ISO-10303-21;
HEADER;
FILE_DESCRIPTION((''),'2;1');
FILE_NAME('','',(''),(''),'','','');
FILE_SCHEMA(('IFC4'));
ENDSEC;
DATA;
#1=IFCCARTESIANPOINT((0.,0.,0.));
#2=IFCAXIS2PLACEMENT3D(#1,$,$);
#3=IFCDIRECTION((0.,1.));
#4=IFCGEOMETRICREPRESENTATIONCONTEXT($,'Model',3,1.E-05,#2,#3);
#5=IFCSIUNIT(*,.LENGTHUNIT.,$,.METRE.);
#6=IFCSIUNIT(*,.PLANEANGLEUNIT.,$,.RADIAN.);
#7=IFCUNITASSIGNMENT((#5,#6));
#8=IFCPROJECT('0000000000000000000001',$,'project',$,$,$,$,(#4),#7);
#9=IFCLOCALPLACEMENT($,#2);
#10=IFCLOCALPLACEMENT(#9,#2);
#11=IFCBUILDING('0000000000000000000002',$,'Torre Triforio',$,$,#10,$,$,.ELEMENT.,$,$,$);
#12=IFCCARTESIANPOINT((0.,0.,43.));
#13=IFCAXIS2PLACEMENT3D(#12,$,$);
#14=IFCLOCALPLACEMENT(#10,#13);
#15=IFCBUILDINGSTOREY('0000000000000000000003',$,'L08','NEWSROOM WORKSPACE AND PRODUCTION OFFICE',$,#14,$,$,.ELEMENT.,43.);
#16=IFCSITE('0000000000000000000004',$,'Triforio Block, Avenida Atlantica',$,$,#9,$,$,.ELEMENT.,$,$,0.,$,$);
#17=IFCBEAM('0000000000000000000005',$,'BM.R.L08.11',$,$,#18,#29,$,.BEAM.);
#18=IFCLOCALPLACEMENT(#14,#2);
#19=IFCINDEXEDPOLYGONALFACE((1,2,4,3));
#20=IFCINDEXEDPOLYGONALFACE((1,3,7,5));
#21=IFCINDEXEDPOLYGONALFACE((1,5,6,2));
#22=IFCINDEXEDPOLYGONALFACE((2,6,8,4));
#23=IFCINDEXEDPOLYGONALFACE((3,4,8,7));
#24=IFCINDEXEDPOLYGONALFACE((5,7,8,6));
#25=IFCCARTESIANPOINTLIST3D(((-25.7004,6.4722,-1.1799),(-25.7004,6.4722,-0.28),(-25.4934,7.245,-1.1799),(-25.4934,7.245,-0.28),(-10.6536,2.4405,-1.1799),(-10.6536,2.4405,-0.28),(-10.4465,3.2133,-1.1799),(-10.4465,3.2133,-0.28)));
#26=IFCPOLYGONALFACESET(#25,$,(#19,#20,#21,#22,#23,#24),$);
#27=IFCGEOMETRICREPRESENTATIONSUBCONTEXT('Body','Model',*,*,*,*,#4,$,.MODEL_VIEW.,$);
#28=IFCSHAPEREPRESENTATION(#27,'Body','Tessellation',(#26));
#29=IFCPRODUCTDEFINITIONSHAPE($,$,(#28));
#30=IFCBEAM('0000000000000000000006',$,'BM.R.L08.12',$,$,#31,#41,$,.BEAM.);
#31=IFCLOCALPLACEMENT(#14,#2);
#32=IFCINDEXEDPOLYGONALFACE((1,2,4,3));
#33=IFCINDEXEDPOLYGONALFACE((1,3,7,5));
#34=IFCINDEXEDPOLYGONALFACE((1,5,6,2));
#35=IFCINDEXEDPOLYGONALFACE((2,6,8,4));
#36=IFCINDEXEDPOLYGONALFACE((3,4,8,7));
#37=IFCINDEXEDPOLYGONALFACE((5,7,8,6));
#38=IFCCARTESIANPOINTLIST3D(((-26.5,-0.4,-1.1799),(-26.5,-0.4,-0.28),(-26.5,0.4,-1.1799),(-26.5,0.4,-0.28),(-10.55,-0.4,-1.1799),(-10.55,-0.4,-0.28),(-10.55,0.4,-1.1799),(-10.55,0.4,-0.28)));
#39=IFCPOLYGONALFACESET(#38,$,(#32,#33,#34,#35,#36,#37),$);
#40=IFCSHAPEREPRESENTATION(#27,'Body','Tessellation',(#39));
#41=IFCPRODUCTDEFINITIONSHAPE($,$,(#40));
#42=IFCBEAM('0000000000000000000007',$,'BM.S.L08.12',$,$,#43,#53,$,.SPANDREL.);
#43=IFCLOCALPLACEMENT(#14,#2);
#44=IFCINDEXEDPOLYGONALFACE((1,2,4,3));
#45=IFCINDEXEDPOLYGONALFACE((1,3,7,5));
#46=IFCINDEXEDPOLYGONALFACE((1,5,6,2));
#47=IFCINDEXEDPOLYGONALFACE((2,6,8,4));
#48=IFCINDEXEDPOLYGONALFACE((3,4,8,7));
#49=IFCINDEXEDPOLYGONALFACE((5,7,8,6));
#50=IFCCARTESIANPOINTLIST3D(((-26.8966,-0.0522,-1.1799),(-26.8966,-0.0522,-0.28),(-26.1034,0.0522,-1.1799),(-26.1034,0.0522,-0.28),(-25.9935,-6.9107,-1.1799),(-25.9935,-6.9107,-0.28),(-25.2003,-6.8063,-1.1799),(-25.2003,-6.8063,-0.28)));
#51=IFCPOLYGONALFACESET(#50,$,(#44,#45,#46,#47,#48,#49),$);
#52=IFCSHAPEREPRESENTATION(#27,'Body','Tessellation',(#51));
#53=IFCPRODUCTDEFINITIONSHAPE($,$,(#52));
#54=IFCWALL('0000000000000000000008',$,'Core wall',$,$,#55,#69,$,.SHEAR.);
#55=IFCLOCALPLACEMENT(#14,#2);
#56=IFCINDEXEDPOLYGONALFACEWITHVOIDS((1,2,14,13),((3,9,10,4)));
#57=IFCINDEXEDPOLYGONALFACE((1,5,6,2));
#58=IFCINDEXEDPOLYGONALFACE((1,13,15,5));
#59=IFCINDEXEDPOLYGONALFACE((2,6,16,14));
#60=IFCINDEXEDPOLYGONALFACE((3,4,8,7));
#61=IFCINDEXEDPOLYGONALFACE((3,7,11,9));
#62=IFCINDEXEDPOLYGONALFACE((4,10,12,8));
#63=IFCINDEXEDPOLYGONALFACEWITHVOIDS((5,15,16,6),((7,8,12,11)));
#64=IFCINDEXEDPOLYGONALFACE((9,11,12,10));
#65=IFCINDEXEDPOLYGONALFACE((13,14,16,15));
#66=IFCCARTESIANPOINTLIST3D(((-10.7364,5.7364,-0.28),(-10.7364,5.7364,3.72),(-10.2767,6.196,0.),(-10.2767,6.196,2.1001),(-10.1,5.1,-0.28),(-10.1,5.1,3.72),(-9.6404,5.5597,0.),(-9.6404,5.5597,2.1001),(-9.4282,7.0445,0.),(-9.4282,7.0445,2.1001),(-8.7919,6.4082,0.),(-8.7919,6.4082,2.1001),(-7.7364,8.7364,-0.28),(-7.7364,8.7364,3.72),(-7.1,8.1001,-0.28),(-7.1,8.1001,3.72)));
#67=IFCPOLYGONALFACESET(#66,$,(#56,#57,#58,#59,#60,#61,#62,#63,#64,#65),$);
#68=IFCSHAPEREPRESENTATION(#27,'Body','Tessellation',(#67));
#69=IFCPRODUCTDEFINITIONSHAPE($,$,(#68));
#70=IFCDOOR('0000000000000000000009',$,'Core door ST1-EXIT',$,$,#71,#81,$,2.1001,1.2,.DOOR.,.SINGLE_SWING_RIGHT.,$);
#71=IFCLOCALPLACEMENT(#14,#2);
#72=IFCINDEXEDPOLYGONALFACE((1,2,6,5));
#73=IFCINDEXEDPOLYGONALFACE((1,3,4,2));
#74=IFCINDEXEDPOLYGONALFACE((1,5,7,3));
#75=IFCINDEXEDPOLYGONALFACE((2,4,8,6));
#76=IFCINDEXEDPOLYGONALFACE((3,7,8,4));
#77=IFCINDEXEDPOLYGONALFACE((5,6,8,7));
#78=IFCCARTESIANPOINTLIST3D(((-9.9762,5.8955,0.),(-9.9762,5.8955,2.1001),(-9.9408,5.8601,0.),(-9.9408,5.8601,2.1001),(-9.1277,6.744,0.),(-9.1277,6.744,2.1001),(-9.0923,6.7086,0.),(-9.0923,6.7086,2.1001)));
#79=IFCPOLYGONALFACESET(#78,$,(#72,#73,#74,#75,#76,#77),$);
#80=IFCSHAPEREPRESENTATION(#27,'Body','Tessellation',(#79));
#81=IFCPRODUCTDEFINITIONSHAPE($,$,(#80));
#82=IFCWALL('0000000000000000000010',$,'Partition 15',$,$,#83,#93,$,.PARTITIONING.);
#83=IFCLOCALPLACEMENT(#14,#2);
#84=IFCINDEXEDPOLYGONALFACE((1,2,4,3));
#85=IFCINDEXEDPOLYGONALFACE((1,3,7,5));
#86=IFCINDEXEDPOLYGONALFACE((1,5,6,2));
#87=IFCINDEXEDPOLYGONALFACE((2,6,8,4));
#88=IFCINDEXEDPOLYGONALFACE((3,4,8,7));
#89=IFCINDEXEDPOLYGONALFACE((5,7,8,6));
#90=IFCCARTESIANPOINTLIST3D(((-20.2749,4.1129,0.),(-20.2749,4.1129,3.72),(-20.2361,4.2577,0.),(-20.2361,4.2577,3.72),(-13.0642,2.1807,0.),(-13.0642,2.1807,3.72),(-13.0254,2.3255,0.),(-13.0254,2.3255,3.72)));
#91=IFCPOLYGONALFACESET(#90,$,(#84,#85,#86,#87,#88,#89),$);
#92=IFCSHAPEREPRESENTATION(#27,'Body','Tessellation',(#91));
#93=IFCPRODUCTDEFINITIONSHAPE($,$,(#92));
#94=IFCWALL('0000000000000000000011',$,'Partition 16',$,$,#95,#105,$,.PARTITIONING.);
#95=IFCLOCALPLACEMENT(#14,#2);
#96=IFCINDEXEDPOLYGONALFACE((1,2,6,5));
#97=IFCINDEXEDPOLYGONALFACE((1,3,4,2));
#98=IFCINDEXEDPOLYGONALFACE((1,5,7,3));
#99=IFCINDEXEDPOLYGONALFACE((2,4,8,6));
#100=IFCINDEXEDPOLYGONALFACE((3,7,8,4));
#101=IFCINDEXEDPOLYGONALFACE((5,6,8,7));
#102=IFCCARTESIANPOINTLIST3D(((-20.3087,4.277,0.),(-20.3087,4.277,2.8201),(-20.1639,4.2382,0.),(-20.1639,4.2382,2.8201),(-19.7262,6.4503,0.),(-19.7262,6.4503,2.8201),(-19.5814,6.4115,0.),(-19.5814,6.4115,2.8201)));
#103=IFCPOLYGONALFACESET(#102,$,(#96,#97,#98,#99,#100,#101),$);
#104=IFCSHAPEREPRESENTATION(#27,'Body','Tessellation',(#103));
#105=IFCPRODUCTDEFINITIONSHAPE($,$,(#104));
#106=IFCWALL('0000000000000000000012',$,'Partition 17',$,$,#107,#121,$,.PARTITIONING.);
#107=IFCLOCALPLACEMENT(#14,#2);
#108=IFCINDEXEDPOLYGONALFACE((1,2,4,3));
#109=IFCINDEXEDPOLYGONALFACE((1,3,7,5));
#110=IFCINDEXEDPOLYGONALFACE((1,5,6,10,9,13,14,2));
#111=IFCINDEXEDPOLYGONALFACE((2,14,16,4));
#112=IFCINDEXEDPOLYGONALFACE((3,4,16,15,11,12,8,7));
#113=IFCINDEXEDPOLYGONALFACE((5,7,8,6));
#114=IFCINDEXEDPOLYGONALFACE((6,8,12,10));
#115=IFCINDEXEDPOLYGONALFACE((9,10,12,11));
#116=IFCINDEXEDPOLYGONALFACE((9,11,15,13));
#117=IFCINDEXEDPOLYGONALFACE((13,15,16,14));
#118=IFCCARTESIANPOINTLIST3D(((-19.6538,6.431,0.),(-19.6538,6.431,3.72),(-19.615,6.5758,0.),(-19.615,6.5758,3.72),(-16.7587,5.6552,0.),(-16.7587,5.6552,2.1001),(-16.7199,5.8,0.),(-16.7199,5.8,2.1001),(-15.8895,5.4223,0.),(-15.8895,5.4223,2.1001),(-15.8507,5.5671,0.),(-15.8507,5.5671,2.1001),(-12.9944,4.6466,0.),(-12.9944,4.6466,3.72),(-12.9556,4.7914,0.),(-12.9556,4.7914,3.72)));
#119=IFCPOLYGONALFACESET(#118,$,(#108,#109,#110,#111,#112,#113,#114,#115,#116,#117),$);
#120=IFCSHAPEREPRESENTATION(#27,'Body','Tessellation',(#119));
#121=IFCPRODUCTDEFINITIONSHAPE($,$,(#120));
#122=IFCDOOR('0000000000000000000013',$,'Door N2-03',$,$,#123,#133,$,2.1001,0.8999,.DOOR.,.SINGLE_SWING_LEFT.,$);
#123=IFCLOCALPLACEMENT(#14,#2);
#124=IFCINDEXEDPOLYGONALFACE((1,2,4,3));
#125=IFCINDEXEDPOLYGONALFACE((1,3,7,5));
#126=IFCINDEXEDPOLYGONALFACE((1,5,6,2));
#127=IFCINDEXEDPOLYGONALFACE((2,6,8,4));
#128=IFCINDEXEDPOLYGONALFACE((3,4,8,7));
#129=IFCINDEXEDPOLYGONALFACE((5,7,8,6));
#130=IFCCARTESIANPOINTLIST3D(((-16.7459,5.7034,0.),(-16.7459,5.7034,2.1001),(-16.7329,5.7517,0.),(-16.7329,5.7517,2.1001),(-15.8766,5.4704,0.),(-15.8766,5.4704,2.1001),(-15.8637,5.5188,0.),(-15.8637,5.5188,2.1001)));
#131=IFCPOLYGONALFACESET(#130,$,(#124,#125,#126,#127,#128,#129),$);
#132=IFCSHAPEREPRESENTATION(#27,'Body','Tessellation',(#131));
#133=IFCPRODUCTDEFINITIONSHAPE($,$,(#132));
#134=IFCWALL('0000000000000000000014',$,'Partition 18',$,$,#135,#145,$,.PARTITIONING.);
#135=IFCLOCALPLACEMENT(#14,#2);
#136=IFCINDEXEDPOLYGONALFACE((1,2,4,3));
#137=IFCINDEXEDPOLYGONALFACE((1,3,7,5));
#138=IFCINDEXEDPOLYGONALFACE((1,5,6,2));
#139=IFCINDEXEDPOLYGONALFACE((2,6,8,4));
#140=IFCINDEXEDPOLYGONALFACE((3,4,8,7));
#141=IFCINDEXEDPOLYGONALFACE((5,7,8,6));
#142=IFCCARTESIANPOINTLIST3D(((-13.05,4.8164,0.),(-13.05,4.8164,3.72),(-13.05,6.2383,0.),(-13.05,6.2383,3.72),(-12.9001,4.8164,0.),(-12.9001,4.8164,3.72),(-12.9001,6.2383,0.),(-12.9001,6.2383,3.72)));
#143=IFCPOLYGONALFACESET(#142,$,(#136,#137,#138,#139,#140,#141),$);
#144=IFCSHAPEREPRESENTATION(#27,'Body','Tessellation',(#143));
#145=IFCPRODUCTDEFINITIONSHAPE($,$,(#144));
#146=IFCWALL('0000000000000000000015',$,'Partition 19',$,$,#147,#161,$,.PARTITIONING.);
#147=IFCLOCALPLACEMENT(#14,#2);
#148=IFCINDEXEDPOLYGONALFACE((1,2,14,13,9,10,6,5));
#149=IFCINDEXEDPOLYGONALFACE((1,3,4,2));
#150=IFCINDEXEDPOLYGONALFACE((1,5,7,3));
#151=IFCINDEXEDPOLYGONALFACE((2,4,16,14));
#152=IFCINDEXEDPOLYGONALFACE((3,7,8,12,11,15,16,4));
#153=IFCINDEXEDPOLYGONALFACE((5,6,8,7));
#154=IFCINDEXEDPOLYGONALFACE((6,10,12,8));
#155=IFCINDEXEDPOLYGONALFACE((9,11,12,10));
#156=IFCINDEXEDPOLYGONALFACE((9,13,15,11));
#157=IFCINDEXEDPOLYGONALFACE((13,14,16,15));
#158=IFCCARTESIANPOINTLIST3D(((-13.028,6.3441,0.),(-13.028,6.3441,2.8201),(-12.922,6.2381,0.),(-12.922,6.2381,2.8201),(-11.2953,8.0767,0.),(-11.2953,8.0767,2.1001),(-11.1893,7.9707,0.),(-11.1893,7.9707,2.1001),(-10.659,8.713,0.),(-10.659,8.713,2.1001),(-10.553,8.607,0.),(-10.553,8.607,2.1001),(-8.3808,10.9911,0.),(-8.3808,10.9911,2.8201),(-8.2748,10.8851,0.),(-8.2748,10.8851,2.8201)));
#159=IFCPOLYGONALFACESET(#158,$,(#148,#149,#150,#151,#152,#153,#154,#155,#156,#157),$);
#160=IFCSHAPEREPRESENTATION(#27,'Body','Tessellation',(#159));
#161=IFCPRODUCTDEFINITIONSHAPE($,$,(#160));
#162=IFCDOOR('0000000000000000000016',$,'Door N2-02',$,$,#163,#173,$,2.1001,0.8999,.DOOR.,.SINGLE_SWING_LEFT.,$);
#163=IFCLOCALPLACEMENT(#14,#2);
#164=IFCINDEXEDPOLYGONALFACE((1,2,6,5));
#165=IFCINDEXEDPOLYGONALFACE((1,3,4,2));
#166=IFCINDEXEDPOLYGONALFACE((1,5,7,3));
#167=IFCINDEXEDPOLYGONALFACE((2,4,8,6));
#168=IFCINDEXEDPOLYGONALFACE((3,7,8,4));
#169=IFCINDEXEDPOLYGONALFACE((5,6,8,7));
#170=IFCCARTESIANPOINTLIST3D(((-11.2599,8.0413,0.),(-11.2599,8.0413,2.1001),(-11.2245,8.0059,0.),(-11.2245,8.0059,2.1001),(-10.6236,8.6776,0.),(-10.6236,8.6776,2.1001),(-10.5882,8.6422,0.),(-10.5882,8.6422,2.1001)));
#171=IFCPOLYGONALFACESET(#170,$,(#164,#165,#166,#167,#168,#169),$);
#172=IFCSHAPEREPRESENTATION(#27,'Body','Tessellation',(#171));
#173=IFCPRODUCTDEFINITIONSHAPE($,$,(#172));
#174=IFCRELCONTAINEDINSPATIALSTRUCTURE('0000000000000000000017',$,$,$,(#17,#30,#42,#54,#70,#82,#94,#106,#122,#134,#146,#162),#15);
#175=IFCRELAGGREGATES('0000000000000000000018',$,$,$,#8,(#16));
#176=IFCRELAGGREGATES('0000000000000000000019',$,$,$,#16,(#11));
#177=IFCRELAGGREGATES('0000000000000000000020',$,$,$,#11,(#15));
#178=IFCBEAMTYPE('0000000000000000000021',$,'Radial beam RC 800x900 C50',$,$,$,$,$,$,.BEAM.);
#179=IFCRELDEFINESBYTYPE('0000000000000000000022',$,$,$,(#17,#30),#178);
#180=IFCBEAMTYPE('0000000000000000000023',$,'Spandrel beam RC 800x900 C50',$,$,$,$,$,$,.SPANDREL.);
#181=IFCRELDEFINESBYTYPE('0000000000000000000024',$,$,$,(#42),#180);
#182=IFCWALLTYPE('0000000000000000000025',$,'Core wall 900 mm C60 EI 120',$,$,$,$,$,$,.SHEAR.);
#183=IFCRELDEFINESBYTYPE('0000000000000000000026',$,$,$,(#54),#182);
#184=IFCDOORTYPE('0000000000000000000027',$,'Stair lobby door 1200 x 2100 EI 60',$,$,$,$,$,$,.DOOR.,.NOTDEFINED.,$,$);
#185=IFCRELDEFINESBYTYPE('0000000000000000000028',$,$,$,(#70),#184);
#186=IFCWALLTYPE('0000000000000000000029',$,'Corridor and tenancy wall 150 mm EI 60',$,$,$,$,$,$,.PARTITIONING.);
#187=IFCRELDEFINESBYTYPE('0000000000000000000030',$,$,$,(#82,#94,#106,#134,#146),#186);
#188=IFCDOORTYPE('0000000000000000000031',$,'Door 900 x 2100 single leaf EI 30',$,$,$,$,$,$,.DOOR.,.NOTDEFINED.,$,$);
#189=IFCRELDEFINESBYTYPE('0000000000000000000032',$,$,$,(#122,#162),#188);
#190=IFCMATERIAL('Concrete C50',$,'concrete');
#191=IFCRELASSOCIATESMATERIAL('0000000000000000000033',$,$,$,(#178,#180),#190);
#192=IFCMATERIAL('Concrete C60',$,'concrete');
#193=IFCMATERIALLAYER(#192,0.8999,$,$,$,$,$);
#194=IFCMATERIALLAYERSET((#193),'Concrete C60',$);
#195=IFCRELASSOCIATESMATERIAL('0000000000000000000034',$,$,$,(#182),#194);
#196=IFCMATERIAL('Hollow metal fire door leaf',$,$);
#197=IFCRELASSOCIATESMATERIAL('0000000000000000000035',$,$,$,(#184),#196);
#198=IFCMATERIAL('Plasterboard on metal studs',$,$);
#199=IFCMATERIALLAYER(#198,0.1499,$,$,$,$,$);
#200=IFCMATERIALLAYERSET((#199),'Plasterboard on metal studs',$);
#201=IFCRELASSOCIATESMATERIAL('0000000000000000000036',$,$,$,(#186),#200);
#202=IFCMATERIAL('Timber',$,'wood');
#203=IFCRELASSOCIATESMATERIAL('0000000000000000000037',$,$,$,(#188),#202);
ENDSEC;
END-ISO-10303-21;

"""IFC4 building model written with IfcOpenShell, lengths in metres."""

from ifc_helpers import new_model, si_unit, direction, frame, frame_2d, origin, origin_2d, place, context, subcontext, project, spatial, rectangle, extrude, material, layer, layer_set, material_profile, profile_set, type_object, element, fill, save


model = new_model("IFC4")

# Units and contexts
model_context = context("Model", 3, precision=1e-05, world=origin(), true_north=direction((0.0, 1.0)))
body_context = subcontext(model_context, "Body", "Model", "MODEL_VIEW")
ifc_project = project(units=[si_unit("LENGTHUNIT", "METRE"), si_unit("PLANEANGLEUNIT", "RADIAN")], contexts=[model_context])

# Site, building, storey
site_placement = place(None, origin())
site = spatial("IfcSite", under=ifc_project, at=site_placement, Name="Triforio Block, Avenida Atlantica", CompositionType="ELEMENT", RefElevation=0.0)
building_placement = place(site_placement, origin())
building = spatial("IfcBuilding", under=site, at=building_placement, Name="Torre Triforio", CompositionType="ELEMENT")
storey_placement = place(building_placement, frame((0.0, 0.0, 43.0)))
storey = spatial("IfcBuildingStorey", under=building, at=storey_placement, Name="L08", Description="NEWSROOM WORKSPACE AND PRODUCTION OFFICE", CompositionType="ELEMENT", Elevation=43.0)

# Beams
ifc_material_1 = material(Name="Concrete C50", Category="concrete")
ifc_material_profile_1 = material_profile(ifc_material_1, rectangle(XDim=0.8, YDim=0.8999, at=origin_2d()), Name="RC 800x900")
ifc_profile_set_1 = profile_set([ifc_material_profile_1], Name="Concrete C50")
beam_type_1 = type_object("IfcBeamType", Name="Radial beam RC 800x900 C50", PredefinedType="BEAM", material=ifc_profile_set_1)
beam_1_placement = place(storey_placement, frame((-10.55, 2.8269, -0.73), z_axis=(-0.965927, 0.258815, 0.0), x_axis=(-0.258815, -0.965927, 0.0)))
element("IfcBeam", 1, at=beam_1_placement, inside=storey, type_object=beam_type_1, Name="BM.R.L08.11", PredefinedType="BEAM", context=body_context, shape_type="SweptSolid", body=[
    extrude(rectangle(XDim=0.8, YDim=0.8999, at=origin_2d()), origin(), (0.0, 0.0, 1.0), 15.5776),
])
beam_2_placement = place(storey_placement, frame((-10.55, 0.0, -0.73), z_axis=(-1.0, 0.0, 0.0), x_axis=(0.0, -1.0, 0.0)))
element("IfcBeam", 2, at=beam_2_placement, inside=storey, type_object=beam_type_1, Name="BM.R.L08.12", PredefinedType="BEAM", context=body_context, shape_type="SweptSolid", body=[
    extrude(rectangle(XDim=0.8, YDim=0.8999, at=origin_2d()), origin(), (0.0, 0.0, 1.0), 15.95),
])
ifc_material_profile_2 = material_profile(ifc_material_1, rectangle(XDim=0.8, YDim=0.8999, at=origin_2d()), Name="RC 800x900")
ifc_profile_set_2 = profile_set([ifc_material_profile_2], Name="Concrete C50")
beam_type_2 = type_object("IfcBeamType", Name="Spandrel beam RC 800x900 C50", PredefinedType="SPANDREL", material=ifc_profile_set_2)
beam_3_placement = place(storey_placement, frame((-26.5, 0.0, -0.73), z_axis=(0.130543, -0.991443, 0.0), x_axis=(0.991443, 0.130543, 0.0)))
element("IfcBeam", 3, at=beam_3_placement, inside=storey, type_object=beam_type_2, Name="BM.S.L08.12", PredefinedType="SPANDREL", context=body_context, shape_type="SweptSolid", body=[
    extrude(rectangle(XDim=0.8, YDim=0.8999, at=origin_2d()), origin(), (0.0, 0.0, 1.0), 6.9177),
])

# Wall, opening, door
ifc_material_2 = material(Name="Concrete C60", Category="concrete")
ifc_layer_1 = layer(ifc_material_2, 0.8999)
ifc_layer_set_1 = layer_set([ifc_layer_1], Name="Concrete C60")
wall_type_1 = type_object("IfcWallType", Name="Core wall 900 mm C60 EI 120", PredefinedType="SHEAR", material=ifc_layer_set_1)
wall_1_placement = place(storey_placement, frame((-10.4182, 5.4182, -0.28), z_axis=(0.0, 0.0, 1.0), x_axis=(0.707107, 0.707107, 0.0)))
wall_1 = element("IfcWall", 4, at=wall_1_placement, inside=storey, type_object=wall_type_1, Name="Core wall", PredefinedType="SHEAR", context=body_context, shape_type="SweptSolid", body=[
    extrude(rectangle(XDim=4.2427, YDim=0.8999, at=frame_2d((2.1213, 0.0))), origin(), (0.0, 0.0, 1.0), 4.0),
])
opening_1_placement = place(wall_1_placement, frame((0.6499, 0.0, 0.28)))
opening_1 = element("IfcOpeningElement", 5, at=opening_1_placement, cuts=wall_1, PredefinedType="OPENING", context=body_context, shape_type="SweptSolid", body=[
    extrude(rectangle(XDim=1.2, YDim=2.1001, at=frame_2d((0.6001, 1.05))), frame((0.0, 0.46, 0.0), z_axis=(0.0, -1.0, 0.0), x_axis=(1.0, 0.0, 0.0)), (0.0, 0.0, 1.0), 0.9199),
])
ifc_material_3 = material(Name="Hollow metal fire door leaf")
door_type_1 = type_object("IfcDoorType", Name="Stair lobby door 1200 x 2100 EI 60", OperationType="NOTDEFINED", PredefinedType="DOOR", material=ifc_material_3)
door_1_placement = place(opening_1_placement, origin())
door_1 = element("IfcDoor", 6, at=door_1_placement, inside=storey, type_object=door_type_1, Name="Core door ST1-EXIT", OperationType="SINGLE_SWING_RIGHT", OverallHeight=2.1001, OverallWidth=1.2, PredefinedType="DOOR", context=body_context, shape_type="SweptSolid", body=[
    extrude(rectangle(XDim=1.2, YDim=2.1001, at=frame_2d((0.6001, 1.05))), frame((0.0, 0.0249, 0.0), z_axis=(0.0, -1.0, 0.0), x_axis=(1.0, 0.0, 0.0)), (0.0, 0.0, 1.0), 0.05),
])
fill(opening_1, door_1)

# Walls
ifc_material_4 = material(Name="Plasterboard on metal studs")
ifc_layer_2 = layer(ifc_material_4, 0.1499)
ifc_layer_set_2 = layer_set([ifc_layer_2], Name="Plasterboard on metal studs")
wall_type_2 = type_object("IfcWallType", Name="Corridor and tenancy wall 150 mm EI 60", PredefinedType="PARTITIONING", material=ifc_layer_set_2)
wall_2_placement = place(storey_placement, frame((-13.0449, 2.2532, 0.0), z_axis=(0.0, 0.0, 1.0), x_axis=(-0.965925, 0.258823, 0.0)))
element("IfcWall", 7, at=wall_2_placement, inside=storey, type_object=wall_type_2, Name="Partition 15", PredefinedType="PARTITIONING", context=body_context, shape_type="SweptSolid", body=[
    extrude(rectangle(XDim=7.4651, YDim=0.1499, at=frame_2d((3.7324, 0.0))), origin(), (0.0, 0.0, 1.0), 3.72),
])
wall_3_placement = place(storey_placement, frame((-20.2363, 4.2576, 0.0), z_axis=(0.0, 0.0, 1.0), x_axis=(0.258892, 0.965906, 0.0)))
element("IfcWall", 8, at=wall_3_placement, inside=storey, type_object=wall_type_2, Name="Partition 16", PredefinedType="PARTITIONING", context=body_context, shape_type="SweptSolid", body=[
    extrude(rectangle(XDim=2.25, YDim=0.1499, at=frame_2d((1.125, 0.0))), origin(), (0.0, 0.0, 1.0), 2.8201),
])

# Wall, opening, door
wall_4_placement = place(storey_placement, frame((-19.6345, 6.5034, 0.0), z_axis=(0.0, 0.0, 1.0), x_axis=(0.965924, -0.258824, 0.0)))
wall_4 = element("IfcWall", 9, at=wall_4_placement, inside=storey, type_object=wall_type_2, Name="Partition 17", PredefinedType="PARTITIONING", context=body_context, shape_type="SweptSolid", body=[
    extrude(rectangle(XDim=6.8943, YDim=0.1499, at=frame_2d((3.4473, 0.0))), origin(), (0.0, 0.0, 1.0), 3.72),
])
opening_2_placement = place(wall_4_placement, frame((2.9973, 0.0, 0.0)))
opening_2 = element("IfcOpeningElement", 10, at=opening_2_placement, cuts=wall_4, PredefinedType="OPENING", context=body_context, shape_type="SweptSolid", body=[
    extrude(rectangle(XDim=0.8999, YDim=2.1001, at=frame_2d((0.45, 1.05))), frame((0.0, 0.085, 0.0), z_axis=(0.0, -1.0, 0.0), x_axis=(1.0, 0.0, 0.0)), (0.0, 0.0, 1.0), 0.1699),
])
ifc_material_5 = material(Name="Timber", Category="wood")
door_type_2 = type_object("IfcDoorType", Name="Door 900 x 2100 single leaf EI 30", OperationType="NOTDEFINED", PredefinedType="DOOR", material=ifc_material_5)
door_2_placement = place(opening_2_placement, origin())
door_2 = element("IfcDoor", 11, at=door_2_placement, inside=storey, type_object=door_type_2, Name="Door N2-03", OperationType="SINGLE_SWING_LEFT", OverallHeight=2.1001, OverallWidth=0.8999, PredefinedType="DOOR", context=body_context, shape_type="SweptSolid", body=[
    extrude(rectangle(XDim=0.8999, YDim=2.1001, at=frame_2d((0.45, 1.05))), frame((0.0, 0.0249, 0.0), z_axis=(0.0, -1.0, 0.0), x_axis=(1.0, 0.0, 0.0)), (0.0, 0.0, 1.0), 0.05),
])
fill(opening_2, door_2)

# Wall
wall_5_placement = place(storey_placement, frame((-12.9751, 4.8164, 0.0), z_axis=(0.0, 0.0, 1.0), x_axis=(0.0, 1.0, 0.0)))
element("IfcWall", 12, at=wall_5_placement, inside=storey, type_object=wall_type_2, Name="Partition 18", PredefinedType="PARTITIONING", context=body_context, shape_type="SweptSolid", body=[
    extrude(rectangle(XDim=1.4219, YDim=0.1499, at=frame_2d((0.7109, 0.0))), origin(), (0.0, 0.0, 1.0), 3.72),
])

# Wall, opening, door
wall_6_placement = place(storey_placement, frame((-12.9751, 6.291, 0.0), z_axis=(0.0, 0.0, 1.0), x_axis=(0.707125, 0.707088, 0.0)))
wall_6 = element("IfcWall", 13, at=wall_6_placement, inside=storey, type_object=wall_type_2, Name="Partition 19", PredefinedType="PARTITIONING", context=body_context, shape_type="SweptSolid", body=[
    extrude(rectangle(XDim=6.572, YDim=0.1499, at=frame_2d((3.2861, 0.0))), origin(), (0.0, 0.0, 1.0), 2.8201),
])
opening_3_placement = place(wall_6_placement, frame((2.4504, 0.0, 0.0)))
opening_3 = element("IfcOpeningElement", 14, at=opening_3_placement, cuts=wall_6, PredefinedType="OPENING", context=body_context, shape_type="SweptSolid", body=[
    extrude(rectangle(XDim=0.8999, YDim=2.1001, at=frame_2d((0.45, 1.05))), frame((0.0, 0.085, 0.0), z_axis=(0.0, -1.0, 0.0), x_axis=(1.0, 0.0, 0.0)), (0.0, 0.0, 1.0), 0.1699),
])
door_3_placement = place(opening_3_placement, origin())
door_3 = element("IfcDoor", 15, at=door_3_placement, inside=storey, type_object=door_type_2, Name="Door N2-02", OperationType="SINGLE_SWING_LEFT", OverallHeight=2.1001, OverallWidth=0.8999, PredefinedType="DOOR", context=body_context, shape_type="SweptSolid", body=[
    extrude(rectangle(XDim=0.8999, YDim=2.1001, at=frame_2d((0.45, 1.05))), frame((0.0, 0.0249, 0.0), z_axis=(0.0, -1.0, 0.0), x_axis=(1.0, 0.0, 0.0)), (0.0, 0.0, 1.0), 0.05),
])
fill(opening_3, door_3)

save(model, "model.ifc")
